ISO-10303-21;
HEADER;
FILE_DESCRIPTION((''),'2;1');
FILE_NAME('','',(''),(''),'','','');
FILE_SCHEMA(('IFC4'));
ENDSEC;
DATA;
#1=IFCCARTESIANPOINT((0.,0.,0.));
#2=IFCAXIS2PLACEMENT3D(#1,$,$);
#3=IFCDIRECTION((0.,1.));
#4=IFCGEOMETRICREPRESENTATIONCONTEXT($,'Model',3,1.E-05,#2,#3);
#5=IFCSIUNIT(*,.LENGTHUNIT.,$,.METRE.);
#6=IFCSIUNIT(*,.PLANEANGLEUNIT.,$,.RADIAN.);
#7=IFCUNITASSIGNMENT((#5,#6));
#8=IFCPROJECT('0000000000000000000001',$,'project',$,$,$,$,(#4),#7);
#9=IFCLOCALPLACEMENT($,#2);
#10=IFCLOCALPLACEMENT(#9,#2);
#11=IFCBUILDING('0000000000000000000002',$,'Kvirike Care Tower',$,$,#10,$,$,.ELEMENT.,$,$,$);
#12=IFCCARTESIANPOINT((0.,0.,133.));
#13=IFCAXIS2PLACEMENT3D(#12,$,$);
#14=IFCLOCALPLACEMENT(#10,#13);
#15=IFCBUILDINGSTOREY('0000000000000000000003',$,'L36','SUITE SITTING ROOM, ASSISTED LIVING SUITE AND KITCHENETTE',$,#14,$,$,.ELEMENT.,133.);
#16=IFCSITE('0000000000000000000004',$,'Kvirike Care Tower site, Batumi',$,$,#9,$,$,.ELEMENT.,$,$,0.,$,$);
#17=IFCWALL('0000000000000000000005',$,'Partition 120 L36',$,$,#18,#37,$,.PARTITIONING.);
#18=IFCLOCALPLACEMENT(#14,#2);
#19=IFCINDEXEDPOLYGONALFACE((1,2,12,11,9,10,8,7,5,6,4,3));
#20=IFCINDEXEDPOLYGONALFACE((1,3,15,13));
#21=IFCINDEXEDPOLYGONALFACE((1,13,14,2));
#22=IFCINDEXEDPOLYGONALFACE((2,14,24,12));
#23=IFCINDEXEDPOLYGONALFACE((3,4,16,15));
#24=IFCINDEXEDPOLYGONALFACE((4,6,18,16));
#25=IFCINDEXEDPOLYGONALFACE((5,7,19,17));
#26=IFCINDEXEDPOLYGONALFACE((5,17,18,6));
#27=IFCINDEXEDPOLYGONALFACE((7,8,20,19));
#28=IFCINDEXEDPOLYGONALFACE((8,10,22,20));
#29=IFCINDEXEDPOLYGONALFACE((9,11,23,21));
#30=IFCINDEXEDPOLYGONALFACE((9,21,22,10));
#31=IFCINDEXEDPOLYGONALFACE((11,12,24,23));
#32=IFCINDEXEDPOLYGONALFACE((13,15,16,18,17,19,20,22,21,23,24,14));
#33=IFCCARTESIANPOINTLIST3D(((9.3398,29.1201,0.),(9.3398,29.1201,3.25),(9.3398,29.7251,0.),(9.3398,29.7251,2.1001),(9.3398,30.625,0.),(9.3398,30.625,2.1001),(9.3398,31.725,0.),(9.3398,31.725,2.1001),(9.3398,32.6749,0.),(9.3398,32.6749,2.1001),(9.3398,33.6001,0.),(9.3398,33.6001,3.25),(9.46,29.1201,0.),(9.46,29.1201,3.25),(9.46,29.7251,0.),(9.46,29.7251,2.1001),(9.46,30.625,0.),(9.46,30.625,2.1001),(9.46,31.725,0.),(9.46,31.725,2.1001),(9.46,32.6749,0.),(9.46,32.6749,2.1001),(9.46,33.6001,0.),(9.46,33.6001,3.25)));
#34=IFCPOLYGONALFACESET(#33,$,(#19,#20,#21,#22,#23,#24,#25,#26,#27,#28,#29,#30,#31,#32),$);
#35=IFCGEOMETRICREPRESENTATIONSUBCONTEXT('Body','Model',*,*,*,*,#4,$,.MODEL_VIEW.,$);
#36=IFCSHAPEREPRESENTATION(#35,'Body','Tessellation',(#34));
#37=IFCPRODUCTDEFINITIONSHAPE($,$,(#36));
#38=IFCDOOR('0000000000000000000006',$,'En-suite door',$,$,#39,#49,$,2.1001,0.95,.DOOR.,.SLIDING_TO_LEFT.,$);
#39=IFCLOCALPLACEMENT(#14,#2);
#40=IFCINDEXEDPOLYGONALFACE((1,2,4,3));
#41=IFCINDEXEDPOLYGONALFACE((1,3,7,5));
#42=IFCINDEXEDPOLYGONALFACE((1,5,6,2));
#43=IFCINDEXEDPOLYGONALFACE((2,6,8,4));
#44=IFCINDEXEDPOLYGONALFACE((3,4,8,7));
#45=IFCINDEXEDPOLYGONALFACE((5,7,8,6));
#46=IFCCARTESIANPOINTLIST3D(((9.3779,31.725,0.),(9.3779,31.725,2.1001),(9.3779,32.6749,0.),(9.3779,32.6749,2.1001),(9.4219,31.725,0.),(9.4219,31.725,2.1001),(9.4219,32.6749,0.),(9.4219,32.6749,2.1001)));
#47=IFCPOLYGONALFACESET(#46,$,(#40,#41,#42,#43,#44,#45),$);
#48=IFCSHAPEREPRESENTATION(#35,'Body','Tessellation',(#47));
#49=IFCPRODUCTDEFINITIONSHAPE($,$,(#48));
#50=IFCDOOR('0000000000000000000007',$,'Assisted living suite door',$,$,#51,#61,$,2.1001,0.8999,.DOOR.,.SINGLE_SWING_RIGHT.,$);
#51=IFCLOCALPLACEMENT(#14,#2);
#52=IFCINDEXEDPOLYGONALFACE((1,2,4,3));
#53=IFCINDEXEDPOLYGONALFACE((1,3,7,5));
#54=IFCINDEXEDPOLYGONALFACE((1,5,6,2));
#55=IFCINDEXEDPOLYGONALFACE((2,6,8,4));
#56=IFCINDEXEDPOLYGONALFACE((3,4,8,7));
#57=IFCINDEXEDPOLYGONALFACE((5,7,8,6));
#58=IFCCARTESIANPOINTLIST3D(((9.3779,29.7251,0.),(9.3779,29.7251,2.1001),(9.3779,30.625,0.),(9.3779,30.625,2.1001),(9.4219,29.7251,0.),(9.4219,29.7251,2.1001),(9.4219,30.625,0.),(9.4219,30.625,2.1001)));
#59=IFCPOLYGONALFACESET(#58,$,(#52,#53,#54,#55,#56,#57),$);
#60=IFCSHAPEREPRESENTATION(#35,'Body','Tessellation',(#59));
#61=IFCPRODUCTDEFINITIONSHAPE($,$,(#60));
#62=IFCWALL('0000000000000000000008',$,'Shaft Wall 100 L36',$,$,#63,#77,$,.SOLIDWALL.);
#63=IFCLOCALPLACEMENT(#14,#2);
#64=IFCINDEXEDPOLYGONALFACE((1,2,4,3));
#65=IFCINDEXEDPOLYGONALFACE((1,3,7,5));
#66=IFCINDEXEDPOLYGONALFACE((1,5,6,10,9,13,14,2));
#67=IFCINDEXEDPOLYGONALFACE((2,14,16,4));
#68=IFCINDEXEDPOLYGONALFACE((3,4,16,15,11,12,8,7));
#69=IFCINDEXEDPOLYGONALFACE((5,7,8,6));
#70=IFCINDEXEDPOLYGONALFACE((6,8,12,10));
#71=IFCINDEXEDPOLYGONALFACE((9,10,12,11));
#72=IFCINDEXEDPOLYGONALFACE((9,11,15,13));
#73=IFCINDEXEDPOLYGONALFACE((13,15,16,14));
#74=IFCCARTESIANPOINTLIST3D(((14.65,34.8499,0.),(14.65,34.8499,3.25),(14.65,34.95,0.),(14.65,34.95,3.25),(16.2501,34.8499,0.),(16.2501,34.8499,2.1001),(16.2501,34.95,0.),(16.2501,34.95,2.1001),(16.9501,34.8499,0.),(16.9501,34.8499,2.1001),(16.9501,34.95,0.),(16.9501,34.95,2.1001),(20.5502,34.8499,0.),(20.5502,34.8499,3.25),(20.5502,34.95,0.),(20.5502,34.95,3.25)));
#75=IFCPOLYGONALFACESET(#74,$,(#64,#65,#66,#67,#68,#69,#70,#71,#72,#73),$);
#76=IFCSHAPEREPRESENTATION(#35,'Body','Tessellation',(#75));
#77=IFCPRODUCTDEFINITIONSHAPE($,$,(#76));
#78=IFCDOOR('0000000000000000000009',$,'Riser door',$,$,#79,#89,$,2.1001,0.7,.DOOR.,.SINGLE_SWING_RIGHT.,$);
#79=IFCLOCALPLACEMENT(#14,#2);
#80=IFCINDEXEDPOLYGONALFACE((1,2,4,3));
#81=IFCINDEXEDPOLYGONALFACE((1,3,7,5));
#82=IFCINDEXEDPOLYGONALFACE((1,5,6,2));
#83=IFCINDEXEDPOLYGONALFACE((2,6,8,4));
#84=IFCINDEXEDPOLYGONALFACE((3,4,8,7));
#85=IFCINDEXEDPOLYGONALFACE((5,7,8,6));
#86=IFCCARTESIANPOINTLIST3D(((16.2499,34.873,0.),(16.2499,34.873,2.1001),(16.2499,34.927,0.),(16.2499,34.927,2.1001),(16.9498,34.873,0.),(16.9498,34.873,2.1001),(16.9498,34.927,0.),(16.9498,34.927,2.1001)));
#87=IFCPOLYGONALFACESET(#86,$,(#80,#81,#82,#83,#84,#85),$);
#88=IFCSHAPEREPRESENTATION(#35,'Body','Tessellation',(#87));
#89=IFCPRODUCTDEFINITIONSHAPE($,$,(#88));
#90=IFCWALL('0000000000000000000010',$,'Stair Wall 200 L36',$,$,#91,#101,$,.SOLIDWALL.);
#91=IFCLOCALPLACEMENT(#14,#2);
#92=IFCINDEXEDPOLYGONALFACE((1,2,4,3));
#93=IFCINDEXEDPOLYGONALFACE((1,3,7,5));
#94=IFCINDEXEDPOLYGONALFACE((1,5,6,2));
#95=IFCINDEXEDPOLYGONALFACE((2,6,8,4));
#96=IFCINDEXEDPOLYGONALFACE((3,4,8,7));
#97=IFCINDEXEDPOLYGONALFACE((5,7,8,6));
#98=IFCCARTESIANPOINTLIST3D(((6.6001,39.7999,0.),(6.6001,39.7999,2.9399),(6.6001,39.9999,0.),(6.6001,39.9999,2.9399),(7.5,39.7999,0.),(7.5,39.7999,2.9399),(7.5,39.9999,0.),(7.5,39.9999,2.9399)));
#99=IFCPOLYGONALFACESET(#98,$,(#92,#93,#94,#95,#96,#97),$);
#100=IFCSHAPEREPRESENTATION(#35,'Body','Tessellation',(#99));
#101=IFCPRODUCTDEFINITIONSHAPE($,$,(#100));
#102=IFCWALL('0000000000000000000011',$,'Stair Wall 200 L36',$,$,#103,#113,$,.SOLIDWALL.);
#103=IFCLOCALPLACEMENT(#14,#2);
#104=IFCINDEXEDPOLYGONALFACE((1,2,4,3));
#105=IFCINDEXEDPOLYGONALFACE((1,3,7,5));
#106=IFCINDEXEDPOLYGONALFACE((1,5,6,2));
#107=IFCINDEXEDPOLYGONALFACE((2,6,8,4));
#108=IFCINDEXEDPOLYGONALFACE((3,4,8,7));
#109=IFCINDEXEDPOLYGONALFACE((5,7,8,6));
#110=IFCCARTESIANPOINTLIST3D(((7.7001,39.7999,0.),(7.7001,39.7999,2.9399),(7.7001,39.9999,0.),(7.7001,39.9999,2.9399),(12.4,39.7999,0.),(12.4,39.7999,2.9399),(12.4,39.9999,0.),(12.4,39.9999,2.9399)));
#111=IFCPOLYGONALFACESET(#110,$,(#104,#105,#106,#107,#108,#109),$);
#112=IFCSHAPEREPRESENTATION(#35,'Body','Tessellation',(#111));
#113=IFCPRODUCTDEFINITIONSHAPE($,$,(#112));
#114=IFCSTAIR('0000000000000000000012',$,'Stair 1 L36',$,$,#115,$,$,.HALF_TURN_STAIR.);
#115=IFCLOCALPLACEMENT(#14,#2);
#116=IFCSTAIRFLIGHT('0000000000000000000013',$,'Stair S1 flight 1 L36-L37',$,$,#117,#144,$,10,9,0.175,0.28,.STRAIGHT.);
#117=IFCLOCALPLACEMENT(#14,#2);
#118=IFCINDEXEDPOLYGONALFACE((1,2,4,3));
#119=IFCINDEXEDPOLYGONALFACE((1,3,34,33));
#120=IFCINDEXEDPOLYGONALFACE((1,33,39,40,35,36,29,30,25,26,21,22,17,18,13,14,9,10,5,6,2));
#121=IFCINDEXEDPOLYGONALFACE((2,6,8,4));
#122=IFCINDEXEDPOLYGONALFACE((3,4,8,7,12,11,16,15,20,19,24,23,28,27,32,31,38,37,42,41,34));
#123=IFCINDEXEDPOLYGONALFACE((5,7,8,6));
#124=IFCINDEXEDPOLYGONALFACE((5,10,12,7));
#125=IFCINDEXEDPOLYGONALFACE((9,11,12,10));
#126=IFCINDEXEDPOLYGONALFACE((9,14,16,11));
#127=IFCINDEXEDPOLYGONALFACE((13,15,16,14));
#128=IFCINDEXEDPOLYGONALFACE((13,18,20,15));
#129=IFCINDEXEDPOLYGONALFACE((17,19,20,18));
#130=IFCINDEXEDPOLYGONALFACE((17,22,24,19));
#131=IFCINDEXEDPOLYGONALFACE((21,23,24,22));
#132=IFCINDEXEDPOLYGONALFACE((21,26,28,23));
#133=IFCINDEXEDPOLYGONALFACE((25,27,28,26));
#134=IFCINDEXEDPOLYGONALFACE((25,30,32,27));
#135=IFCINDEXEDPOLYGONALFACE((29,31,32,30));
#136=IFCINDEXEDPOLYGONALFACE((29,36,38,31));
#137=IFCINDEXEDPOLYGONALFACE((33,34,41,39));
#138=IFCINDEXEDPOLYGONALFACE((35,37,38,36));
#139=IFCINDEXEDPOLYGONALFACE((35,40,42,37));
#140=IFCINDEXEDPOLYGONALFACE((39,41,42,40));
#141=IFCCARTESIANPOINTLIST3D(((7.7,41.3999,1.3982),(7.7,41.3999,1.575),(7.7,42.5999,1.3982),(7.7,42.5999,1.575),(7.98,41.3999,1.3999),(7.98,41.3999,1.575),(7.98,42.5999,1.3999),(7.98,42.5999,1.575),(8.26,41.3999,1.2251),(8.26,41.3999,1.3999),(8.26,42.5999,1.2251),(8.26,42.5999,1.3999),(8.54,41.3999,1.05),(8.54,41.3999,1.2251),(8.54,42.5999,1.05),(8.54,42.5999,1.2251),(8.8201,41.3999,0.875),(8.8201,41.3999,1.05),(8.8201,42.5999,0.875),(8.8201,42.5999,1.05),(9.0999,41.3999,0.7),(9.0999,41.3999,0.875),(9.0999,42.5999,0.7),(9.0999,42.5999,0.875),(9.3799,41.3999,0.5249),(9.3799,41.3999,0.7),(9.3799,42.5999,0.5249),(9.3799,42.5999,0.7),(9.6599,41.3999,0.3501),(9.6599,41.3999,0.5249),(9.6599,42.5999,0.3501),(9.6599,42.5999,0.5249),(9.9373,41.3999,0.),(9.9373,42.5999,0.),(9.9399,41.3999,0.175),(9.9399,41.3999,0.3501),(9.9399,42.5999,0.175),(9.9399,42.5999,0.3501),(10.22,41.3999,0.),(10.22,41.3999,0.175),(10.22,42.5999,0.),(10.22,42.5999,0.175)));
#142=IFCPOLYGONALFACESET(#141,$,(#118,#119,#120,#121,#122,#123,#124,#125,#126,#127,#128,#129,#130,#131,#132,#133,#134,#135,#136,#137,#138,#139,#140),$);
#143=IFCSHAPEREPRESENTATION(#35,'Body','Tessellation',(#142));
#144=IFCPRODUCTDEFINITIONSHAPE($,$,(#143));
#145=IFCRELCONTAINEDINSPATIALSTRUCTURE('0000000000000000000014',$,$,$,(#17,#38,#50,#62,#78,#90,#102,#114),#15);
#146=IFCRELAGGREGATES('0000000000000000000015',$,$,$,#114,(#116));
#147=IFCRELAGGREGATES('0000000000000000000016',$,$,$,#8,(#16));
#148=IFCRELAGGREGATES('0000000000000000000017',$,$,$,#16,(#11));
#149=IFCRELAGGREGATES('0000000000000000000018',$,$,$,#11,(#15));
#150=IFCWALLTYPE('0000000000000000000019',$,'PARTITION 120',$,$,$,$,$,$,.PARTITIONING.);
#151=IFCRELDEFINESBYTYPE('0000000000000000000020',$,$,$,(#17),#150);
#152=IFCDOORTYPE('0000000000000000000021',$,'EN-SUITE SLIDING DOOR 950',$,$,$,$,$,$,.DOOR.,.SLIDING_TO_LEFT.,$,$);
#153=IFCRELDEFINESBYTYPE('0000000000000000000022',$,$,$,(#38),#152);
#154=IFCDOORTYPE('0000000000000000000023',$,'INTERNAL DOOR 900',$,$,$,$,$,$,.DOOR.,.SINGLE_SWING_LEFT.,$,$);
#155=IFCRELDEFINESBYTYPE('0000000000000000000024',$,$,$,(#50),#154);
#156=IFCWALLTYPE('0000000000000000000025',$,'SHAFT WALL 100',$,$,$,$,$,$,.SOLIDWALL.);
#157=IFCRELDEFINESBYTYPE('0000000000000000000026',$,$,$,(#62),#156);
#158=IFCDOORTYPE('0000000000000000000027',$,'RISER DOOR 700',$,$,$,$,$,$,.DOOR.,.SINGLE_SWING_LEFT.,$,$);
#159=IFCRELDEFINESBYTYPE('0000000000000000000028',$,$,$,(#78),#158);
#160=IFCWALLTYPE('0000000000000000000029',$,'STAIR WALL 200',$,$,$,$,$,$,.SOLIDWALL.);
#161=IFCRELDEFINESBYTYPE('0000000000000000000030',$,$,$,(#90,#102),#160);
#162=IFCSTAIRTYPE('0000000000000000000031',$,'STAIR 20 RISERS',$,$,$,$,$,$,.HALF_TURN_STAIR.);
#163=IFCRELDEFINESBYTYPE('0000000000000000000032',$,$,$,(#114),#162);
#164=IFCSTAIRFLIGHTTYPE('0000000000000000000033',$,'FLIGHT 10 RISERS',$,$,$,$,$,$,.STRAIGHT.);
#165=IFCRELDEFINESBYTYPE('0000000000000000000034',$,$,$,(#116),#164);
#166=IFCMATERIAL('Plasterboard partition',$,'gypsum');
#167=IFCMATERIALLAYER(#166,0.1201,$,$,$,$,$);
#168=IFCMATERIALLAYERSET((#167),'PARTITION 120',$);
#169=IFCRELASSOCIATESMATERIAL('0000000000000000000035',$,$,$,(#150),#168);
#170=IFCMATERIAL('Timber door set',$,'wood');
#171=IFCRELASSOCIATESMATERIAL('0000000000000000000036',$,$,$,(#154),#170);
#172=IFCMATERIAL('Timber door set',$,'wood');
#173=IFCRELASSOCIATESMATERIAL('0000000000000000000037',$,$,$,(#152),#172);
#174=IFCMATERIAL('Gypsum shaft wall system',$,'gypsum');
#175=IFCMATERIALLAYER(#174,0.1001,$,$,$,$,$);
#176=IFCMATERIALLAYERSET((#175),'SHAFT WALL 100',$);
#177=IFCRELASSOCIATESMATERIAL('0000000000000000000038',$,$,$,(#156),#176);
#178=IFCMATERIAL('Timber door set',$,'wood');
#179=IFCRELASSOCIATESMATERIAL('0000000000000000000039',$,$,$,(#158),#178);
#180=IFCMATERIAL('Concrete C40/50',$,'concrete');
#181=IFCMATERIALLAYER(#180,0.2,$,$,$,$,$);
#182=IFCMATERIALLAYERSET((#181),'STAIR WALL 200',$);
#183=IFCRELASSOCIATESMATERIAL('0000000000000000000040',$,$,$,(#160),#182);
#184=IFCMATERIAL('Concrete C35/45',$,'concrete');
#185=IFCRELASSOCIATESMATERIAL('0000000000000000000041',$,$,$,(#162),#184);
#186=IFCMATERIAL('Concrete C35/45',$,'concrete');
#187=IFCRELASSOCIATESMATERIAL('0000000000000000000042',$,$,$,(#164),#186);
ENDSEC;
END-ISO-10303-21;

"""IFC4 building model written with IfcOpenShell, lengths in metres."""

from ifc_helpers import new_model, si_unit, direction, frame, frame_2d, origin, place, context, subcontext, project, spatial, polyline, rectangle, outline, extrude, material, layer, layer_set, type_object, element, fill, aggregate, save


model = new_model("IFC4")

# Units and contexts
model_context = context("Model", 3, precision=1e-05, world=origin(), true_north=direction((0.0, 1.0)))
body_context = subcontext(model_context, "Body", "Model", "MODEL_VIEW")
ifc_project = project(units=[si_unit("LENGTHUNIT", "METRE"), si_unit("PLANEANGLEUNIT", "RADIAN")], contexts=[model_context])

# Site, building, storey
site_placement = place(None, origin())
site = spatial("IfcSite", under=ifc_project, at=site_placement, Name="Kvirike Care Tower site, Batumi", CompositionType="ELEMENT", RefElevation=0.0)
building_placement = place(site_placement, origin())
building = spatial("IfcBuilding", under=site, at=building_placement, Name="Kvirike Care Tower", CompositionType="ELEMENT")
storey_placement = place(building_placement, frame((0.0, 0.0, 133.0)))
storey = spatial("IfcBuildingStorey", under=building, at=storey_placement, Name="L36", Description="SUITE SITTING ROOM, ASSISTED LIVING SUITE AND KITCHENETTE", CompositionType="ELEMENT", Elevation=133.0)

# Shared definitions
ifc_material_1 = material(Name="Plasterboard partition", Category="gypsum")
ifc_layer_1 = layer(ifc_material_1, 0.1201)
ifc_layer_set_1 = layer_set([ifc_layer_1], Name="PARTITION 120")
wall_type_1 = type_object("IfcWallType", Name="PARTITION 120", PredefinedType="PARTITIONING", material=ifc_layer_set_1)
ifc_material_2 = material(Name="Timber door set", Category="wood")
door_type_1 = type_object("IfcDoorType", Name="INTERNAL DOOR 900", OperationType="SINGLE_SWING_LEFT", PredefinedType="DOOR", material=ifc_material_2)

# Wall, openings, doors
wall_1_placement = place(storey_placement, frame((9.3999, 33.6001, 0.0), z_axis=(0.0, 0.0, 1.0), x_axis=(0.0, -1.0, 0.0)))
wall_1 = element("IfcWall", 1, at=wall_1_placement, inside=storey, type_object=wall_type_1, Name="Partition 120 L36", PredefinedType="PARTITIONING", context=body_context, shape_type="SweptSolid", body=[
    extrude(rectangle(XDim=4.48, YDim=0.1201, at=frame_2d((2.24, 0.0))), origin(), (0.0, 0.0, 1.0), 3.25),
])
opening_1_placement = place(wall_1_placement, frame((2.9751, 0.0, 0.0)))
opening_1 = element("IfcOpeningElement", 2, at=opening_1_placement, cuts=wall_1, PredefinedType="OPENING", context=body_context, shape_type="SweptSolid", body=[
    extrude(rectangle(XDim=0.8999, YDim=2.1001, at=frame_2d((0.45, 1.05))), frame((0.0, 0.0706, 0.0), z_axis=(0.0, -1.0, 0.0), x_axis=(1.0, 0.0, 0.0)), (0.0, 0.0, 1.0), 0.1411),
])
opening_2_placement = place(wall_1_placement, frame((0.925, 0.0, 0.0)))
opening_2 = element("IfcOpeningElement", 3, at=opening_2_placement, cuts=wall_1, PredefinedType="OPENING", context=body_context, shape_type="SweptSolid", body=[
    extrude(rectangle(XDim=0.95, YDim=2.1001, at=frame_2d((0.4751, 1.05))), frame((0.0, 0.0706, 0.0), z_axis=(0.0, -1.0, 0.0), x_axis=(1.0, 0.0, 0.0)), (0.0, 0.0, 1.0), 0.1411),
])
ifc_material_3 = material(Name="Timber door set", Category="wood")
door_type_2 = type_object("IfcDoorType", Name="EN-SUITE SLIDING DOOR 950", OperationType="SLIDING_TO_LEFT", PredefinedType="DOOR", material=ifc_material_3)
door_1_placement = place(opening_2_placement, origin())
door_1 = element("IfcDoor", 4, at=door_1_placement, inside=storey, type_object=door_type_2, Name="En-suite door", OperationType="SLIDING_TO_LEFT", OverallHeight=2.1001, OverallWidth=0.95, PredefinedType="DOOR", context=body_context, shape_type="SweptSolid", body=[
    extrude(rectangle(XDim=0.95, YDim=2.1001, at=frame_2d((0.4751, 1.05))), frame((0.0, 0.022, 0.0), z_axis=(0.0, -1.0, 0.0), x_axis=(1.0, 0.0, 0.0)), (0.0, 0.0, 1.0), 0.0439),
])
fill(opening_2, door_1)
door_2_placement = place(opening_1_placement, origin())
door_2 = element("IfcDoor", 5, at=door_2_placement, inside=storey, type_object=door_type_1, Name="Assisted living suite door", OperationType="SINGLE_SWING_RIGHT", OverallHeight=2.1001, OverallWidth=0.8999, PredefinedType="DOOR", context=body_context, shape_type="SweptSolid", body=[
    extrude(rectangle(XDim=0.8999, YDim=2.1001, at=frame_2d((0.45, 1.05))), frame((0.0, 0.022, 0.0), z_axis=(0.0, -1.0, 0.0), x_axis=(1.0, 0.0, 0.0)), (0.0, 0.0, 1.0), 0.0439),
])
fill(opening_1, door_2)

# Wall, opening, door
ifc_material_4 = material(Name="Gypsum shaft wall system", Category="gypsum")
ifc_layer_2 = layer(ifc_material_4, 0.1001)
ifc_layer_set_2 = layer_set([ifc_layer_2], Name="SHAFT WALL 100")
wall_type_2 = type_object("IfcWallType", Name="SHAFT WALL 100", PredefinedType="SOLIDWALL", material=ifc_layer_set_2)
wall_2_placement = place(storey_placement, frame((14.6499, 34.8999, 0.0), z_axis=(0.0, 0.0, 1.0), x_axis=(1.0, 0.0, 0.0)))
wall_2 = element("IfcWall", 6, at=wall_2_placement, inside=storey, type_object=wall_type_2, Name="Shaft Wall 100 L36", PredefinedType="SOLIDWALL", context=body_context, shape_type="SweptSolid", body=[
    extrude(rectangle(XDim=5.9001, YDim=0.1001, at=frame_2d((2.9502, 0.0))), origin(), (0.0, 0.0, 1.0), 3.25),
])
opening_3_placement = place(wall_2_placement, frame((1.6001, 0.0, 0.0)))
opening_3 = element("IfcOpeningElement", 7, at=opening_3_placement, cuts=wall_2, PredefinedType="OPENING", context=body_context, shape_type="SweptSolid", body=[
    extrude(rectangle(XDim=0.7, YDim=2.1001, at=frame_2d((0.3501, 1.05))), frame((0.0, 0.0605, 0.0), z_axis=(0.0, -1.0, 0.0), x_axis=(1.0, 0.0, 0.0)), (0.0, 0.0, 1.0), 0.1211),
])
ifc_material_5 = material(Name="Timber door set", Category="wood")
door_type_3 = type_object("IfcDoorType", Name="RISER DOOR 700", OperationType="SINGLE_SWING_LEFT", PredefinedType="DOOR", material=ifc_material_5)
door_3_placement = place(opening_3_placement, frame((0.7, 0.0, 0.0), z_axis=(0.0, 0.0, 1.0), x_axis=(-1.0, 0.0, 0.0)))
door_3 = element("IfcDoor", 8, at=door_3_placement, inside=storey, type_object=door_type_3, Name="Riser door", OperationType="SINGLE_SWING_RIGHT", OverallHeight=2.1001, OverallWidth=0.7, PredefinedType="DOOR", context=body_context, shape_type="SweptSolid", body=[
    extrude(rectangle(XDim=0.7, YDim=2.1001, at=frame_2d((0.3501, 1.05))), frame((0.0, 0.0269, 0.0), z_axis=(0.0, -1.0, 0.0), x_axis=(1.0, 0.0, 0.0)), (0.0, 0.0, 1.0), 0.054),
])
fill(opening_3, door_3)

# Walls
ifc_material_6 = material(Name="Concrete C40/50", Category="concrete")
ifc_layer_3 = layer(ifc_material_6, 0.2)
ifc_layer_set_3 = layer_set([ifc_layer_3], Name="STAIR WALL 200")
wall_type_3 = type_object("IfcWallType", Name="STAIR WALL 200", PredefinedType="SOLIDWALL", material=ifc_layer_set_3)
wall_3_placement = place(storey_placement, frame((6.6001, 39.8999, 0.0), z_axis=(0.0, 0.0, 1.0), x_axis=(1.0, 0.0, 0.0)))
element("IfcWall", 9, at=wall_3_placement, inside=storey, type_object=wall_type_3, Name="Stair Wall 200 L36", PredefinedType="SOLIDWALL", context=body_context, shape_type="SweptSolid", body=[
    extrude(rectangle(XDim=0.8999, YDim=0.2, at=frame_2d((0.45, 0.0))), origin(), (0.0, 0.0, 1.0), 2.9399),
])
wall_4_placement = place(storey_placement, frame((7.7, 39.8999, 0.0), z_axis=(0.0, 0.0, 1.0), x_axis=(1.0, 0.0, 0.0)))
element("IfcWall", 10, at=wall_4_placement, inside=storey, type_object=wall_type_3, Name="Stair Wall 200 L36", PredefinedType="SOLIDWALL", context=body_context, shape_type="SweptSolid", body=[
    extrude(rectangle(XDim=4.7, YDim=0.2, at=frame_2d((2.3501, 0.0))), origin(), (0.0, 0.0, 1.0), 2.9399),
])

# Stair, stair flight
ifc_material_7 = material(Name="Concrete C35/45", Category="concrete")
stair_type = type_object("IfcStairType", Name="STAIR 20 RISERS", PredefinedType="HALF_TURN_STAIR", material=ifc_material_7)
stair_placement = place(storey_placement, origin())
stair = element("IfcStair", 11, at=stair_placement, inside=storey, type_object=stair_type, Name="Stair 1 L36", PredefinedType="HALF_TURN_STAIR")
ifc_material_8 = material(Name="Concrete C35/45", Category="concrete")
stair_flight_type = type_object("IfcStairFlightType", Name="FLIGHT 10 RISERS", PredefinedType="STRAIGHT", material=ifc_material_8)
stair_flight_1_placement = place(storey_placement, frame((10.22, 42.0, 0.0), z_axis=(0.0, 0.0, 1.0), x_axis=(-1.0, 0.0, 0.0)))
stair_flight_1 = element("IfcStairFlight", 12, at=stair_flight_1_placement, type_object=stair_flight_type, Name="Stair S1 flight 1 L36-L37", NumberOfRisers=10, NumberOfTreads=9, PredefinedType="STRAIGHT", RiserHeight=0.175, TreadLength=0.28, context=body_context, shape_type="SweptSolid", body=[
    extrude(outline(polyline([(0.0, 0.0), (0.0, 0.175), (0.28, 0.175), (0.28, 0.3501), (0.5601, 0.3501), (0.5601, 0.5249), (0.8401, 0.5249), (0.8401, 0.7), (1.1201, 0.7), (1.1201, 0.875), (1.3999, 0.875), (1.3999, 1.05), (1.6799, 1.05), (1.6799, 1.2251), (1.96, 1.2251), (1.96, 1.3999), (2.24, 1.3999), (2.24, 1.575), (2.52, 1.575), (2.52, 1.75), (2.52, 1.3982), (0.2827, 0.0), (0.0, 0.0)])), frame((0.0, 0.6001, 0.0), z_axis=(0.0, -1.0, 0.0), x_axis=(1.0, 0.0, 0.0)), (0.0, 0.0, 1.0), 1.2),
])
aggregate(stair, [stair_flight_1])

save(model, "model.ifc")
